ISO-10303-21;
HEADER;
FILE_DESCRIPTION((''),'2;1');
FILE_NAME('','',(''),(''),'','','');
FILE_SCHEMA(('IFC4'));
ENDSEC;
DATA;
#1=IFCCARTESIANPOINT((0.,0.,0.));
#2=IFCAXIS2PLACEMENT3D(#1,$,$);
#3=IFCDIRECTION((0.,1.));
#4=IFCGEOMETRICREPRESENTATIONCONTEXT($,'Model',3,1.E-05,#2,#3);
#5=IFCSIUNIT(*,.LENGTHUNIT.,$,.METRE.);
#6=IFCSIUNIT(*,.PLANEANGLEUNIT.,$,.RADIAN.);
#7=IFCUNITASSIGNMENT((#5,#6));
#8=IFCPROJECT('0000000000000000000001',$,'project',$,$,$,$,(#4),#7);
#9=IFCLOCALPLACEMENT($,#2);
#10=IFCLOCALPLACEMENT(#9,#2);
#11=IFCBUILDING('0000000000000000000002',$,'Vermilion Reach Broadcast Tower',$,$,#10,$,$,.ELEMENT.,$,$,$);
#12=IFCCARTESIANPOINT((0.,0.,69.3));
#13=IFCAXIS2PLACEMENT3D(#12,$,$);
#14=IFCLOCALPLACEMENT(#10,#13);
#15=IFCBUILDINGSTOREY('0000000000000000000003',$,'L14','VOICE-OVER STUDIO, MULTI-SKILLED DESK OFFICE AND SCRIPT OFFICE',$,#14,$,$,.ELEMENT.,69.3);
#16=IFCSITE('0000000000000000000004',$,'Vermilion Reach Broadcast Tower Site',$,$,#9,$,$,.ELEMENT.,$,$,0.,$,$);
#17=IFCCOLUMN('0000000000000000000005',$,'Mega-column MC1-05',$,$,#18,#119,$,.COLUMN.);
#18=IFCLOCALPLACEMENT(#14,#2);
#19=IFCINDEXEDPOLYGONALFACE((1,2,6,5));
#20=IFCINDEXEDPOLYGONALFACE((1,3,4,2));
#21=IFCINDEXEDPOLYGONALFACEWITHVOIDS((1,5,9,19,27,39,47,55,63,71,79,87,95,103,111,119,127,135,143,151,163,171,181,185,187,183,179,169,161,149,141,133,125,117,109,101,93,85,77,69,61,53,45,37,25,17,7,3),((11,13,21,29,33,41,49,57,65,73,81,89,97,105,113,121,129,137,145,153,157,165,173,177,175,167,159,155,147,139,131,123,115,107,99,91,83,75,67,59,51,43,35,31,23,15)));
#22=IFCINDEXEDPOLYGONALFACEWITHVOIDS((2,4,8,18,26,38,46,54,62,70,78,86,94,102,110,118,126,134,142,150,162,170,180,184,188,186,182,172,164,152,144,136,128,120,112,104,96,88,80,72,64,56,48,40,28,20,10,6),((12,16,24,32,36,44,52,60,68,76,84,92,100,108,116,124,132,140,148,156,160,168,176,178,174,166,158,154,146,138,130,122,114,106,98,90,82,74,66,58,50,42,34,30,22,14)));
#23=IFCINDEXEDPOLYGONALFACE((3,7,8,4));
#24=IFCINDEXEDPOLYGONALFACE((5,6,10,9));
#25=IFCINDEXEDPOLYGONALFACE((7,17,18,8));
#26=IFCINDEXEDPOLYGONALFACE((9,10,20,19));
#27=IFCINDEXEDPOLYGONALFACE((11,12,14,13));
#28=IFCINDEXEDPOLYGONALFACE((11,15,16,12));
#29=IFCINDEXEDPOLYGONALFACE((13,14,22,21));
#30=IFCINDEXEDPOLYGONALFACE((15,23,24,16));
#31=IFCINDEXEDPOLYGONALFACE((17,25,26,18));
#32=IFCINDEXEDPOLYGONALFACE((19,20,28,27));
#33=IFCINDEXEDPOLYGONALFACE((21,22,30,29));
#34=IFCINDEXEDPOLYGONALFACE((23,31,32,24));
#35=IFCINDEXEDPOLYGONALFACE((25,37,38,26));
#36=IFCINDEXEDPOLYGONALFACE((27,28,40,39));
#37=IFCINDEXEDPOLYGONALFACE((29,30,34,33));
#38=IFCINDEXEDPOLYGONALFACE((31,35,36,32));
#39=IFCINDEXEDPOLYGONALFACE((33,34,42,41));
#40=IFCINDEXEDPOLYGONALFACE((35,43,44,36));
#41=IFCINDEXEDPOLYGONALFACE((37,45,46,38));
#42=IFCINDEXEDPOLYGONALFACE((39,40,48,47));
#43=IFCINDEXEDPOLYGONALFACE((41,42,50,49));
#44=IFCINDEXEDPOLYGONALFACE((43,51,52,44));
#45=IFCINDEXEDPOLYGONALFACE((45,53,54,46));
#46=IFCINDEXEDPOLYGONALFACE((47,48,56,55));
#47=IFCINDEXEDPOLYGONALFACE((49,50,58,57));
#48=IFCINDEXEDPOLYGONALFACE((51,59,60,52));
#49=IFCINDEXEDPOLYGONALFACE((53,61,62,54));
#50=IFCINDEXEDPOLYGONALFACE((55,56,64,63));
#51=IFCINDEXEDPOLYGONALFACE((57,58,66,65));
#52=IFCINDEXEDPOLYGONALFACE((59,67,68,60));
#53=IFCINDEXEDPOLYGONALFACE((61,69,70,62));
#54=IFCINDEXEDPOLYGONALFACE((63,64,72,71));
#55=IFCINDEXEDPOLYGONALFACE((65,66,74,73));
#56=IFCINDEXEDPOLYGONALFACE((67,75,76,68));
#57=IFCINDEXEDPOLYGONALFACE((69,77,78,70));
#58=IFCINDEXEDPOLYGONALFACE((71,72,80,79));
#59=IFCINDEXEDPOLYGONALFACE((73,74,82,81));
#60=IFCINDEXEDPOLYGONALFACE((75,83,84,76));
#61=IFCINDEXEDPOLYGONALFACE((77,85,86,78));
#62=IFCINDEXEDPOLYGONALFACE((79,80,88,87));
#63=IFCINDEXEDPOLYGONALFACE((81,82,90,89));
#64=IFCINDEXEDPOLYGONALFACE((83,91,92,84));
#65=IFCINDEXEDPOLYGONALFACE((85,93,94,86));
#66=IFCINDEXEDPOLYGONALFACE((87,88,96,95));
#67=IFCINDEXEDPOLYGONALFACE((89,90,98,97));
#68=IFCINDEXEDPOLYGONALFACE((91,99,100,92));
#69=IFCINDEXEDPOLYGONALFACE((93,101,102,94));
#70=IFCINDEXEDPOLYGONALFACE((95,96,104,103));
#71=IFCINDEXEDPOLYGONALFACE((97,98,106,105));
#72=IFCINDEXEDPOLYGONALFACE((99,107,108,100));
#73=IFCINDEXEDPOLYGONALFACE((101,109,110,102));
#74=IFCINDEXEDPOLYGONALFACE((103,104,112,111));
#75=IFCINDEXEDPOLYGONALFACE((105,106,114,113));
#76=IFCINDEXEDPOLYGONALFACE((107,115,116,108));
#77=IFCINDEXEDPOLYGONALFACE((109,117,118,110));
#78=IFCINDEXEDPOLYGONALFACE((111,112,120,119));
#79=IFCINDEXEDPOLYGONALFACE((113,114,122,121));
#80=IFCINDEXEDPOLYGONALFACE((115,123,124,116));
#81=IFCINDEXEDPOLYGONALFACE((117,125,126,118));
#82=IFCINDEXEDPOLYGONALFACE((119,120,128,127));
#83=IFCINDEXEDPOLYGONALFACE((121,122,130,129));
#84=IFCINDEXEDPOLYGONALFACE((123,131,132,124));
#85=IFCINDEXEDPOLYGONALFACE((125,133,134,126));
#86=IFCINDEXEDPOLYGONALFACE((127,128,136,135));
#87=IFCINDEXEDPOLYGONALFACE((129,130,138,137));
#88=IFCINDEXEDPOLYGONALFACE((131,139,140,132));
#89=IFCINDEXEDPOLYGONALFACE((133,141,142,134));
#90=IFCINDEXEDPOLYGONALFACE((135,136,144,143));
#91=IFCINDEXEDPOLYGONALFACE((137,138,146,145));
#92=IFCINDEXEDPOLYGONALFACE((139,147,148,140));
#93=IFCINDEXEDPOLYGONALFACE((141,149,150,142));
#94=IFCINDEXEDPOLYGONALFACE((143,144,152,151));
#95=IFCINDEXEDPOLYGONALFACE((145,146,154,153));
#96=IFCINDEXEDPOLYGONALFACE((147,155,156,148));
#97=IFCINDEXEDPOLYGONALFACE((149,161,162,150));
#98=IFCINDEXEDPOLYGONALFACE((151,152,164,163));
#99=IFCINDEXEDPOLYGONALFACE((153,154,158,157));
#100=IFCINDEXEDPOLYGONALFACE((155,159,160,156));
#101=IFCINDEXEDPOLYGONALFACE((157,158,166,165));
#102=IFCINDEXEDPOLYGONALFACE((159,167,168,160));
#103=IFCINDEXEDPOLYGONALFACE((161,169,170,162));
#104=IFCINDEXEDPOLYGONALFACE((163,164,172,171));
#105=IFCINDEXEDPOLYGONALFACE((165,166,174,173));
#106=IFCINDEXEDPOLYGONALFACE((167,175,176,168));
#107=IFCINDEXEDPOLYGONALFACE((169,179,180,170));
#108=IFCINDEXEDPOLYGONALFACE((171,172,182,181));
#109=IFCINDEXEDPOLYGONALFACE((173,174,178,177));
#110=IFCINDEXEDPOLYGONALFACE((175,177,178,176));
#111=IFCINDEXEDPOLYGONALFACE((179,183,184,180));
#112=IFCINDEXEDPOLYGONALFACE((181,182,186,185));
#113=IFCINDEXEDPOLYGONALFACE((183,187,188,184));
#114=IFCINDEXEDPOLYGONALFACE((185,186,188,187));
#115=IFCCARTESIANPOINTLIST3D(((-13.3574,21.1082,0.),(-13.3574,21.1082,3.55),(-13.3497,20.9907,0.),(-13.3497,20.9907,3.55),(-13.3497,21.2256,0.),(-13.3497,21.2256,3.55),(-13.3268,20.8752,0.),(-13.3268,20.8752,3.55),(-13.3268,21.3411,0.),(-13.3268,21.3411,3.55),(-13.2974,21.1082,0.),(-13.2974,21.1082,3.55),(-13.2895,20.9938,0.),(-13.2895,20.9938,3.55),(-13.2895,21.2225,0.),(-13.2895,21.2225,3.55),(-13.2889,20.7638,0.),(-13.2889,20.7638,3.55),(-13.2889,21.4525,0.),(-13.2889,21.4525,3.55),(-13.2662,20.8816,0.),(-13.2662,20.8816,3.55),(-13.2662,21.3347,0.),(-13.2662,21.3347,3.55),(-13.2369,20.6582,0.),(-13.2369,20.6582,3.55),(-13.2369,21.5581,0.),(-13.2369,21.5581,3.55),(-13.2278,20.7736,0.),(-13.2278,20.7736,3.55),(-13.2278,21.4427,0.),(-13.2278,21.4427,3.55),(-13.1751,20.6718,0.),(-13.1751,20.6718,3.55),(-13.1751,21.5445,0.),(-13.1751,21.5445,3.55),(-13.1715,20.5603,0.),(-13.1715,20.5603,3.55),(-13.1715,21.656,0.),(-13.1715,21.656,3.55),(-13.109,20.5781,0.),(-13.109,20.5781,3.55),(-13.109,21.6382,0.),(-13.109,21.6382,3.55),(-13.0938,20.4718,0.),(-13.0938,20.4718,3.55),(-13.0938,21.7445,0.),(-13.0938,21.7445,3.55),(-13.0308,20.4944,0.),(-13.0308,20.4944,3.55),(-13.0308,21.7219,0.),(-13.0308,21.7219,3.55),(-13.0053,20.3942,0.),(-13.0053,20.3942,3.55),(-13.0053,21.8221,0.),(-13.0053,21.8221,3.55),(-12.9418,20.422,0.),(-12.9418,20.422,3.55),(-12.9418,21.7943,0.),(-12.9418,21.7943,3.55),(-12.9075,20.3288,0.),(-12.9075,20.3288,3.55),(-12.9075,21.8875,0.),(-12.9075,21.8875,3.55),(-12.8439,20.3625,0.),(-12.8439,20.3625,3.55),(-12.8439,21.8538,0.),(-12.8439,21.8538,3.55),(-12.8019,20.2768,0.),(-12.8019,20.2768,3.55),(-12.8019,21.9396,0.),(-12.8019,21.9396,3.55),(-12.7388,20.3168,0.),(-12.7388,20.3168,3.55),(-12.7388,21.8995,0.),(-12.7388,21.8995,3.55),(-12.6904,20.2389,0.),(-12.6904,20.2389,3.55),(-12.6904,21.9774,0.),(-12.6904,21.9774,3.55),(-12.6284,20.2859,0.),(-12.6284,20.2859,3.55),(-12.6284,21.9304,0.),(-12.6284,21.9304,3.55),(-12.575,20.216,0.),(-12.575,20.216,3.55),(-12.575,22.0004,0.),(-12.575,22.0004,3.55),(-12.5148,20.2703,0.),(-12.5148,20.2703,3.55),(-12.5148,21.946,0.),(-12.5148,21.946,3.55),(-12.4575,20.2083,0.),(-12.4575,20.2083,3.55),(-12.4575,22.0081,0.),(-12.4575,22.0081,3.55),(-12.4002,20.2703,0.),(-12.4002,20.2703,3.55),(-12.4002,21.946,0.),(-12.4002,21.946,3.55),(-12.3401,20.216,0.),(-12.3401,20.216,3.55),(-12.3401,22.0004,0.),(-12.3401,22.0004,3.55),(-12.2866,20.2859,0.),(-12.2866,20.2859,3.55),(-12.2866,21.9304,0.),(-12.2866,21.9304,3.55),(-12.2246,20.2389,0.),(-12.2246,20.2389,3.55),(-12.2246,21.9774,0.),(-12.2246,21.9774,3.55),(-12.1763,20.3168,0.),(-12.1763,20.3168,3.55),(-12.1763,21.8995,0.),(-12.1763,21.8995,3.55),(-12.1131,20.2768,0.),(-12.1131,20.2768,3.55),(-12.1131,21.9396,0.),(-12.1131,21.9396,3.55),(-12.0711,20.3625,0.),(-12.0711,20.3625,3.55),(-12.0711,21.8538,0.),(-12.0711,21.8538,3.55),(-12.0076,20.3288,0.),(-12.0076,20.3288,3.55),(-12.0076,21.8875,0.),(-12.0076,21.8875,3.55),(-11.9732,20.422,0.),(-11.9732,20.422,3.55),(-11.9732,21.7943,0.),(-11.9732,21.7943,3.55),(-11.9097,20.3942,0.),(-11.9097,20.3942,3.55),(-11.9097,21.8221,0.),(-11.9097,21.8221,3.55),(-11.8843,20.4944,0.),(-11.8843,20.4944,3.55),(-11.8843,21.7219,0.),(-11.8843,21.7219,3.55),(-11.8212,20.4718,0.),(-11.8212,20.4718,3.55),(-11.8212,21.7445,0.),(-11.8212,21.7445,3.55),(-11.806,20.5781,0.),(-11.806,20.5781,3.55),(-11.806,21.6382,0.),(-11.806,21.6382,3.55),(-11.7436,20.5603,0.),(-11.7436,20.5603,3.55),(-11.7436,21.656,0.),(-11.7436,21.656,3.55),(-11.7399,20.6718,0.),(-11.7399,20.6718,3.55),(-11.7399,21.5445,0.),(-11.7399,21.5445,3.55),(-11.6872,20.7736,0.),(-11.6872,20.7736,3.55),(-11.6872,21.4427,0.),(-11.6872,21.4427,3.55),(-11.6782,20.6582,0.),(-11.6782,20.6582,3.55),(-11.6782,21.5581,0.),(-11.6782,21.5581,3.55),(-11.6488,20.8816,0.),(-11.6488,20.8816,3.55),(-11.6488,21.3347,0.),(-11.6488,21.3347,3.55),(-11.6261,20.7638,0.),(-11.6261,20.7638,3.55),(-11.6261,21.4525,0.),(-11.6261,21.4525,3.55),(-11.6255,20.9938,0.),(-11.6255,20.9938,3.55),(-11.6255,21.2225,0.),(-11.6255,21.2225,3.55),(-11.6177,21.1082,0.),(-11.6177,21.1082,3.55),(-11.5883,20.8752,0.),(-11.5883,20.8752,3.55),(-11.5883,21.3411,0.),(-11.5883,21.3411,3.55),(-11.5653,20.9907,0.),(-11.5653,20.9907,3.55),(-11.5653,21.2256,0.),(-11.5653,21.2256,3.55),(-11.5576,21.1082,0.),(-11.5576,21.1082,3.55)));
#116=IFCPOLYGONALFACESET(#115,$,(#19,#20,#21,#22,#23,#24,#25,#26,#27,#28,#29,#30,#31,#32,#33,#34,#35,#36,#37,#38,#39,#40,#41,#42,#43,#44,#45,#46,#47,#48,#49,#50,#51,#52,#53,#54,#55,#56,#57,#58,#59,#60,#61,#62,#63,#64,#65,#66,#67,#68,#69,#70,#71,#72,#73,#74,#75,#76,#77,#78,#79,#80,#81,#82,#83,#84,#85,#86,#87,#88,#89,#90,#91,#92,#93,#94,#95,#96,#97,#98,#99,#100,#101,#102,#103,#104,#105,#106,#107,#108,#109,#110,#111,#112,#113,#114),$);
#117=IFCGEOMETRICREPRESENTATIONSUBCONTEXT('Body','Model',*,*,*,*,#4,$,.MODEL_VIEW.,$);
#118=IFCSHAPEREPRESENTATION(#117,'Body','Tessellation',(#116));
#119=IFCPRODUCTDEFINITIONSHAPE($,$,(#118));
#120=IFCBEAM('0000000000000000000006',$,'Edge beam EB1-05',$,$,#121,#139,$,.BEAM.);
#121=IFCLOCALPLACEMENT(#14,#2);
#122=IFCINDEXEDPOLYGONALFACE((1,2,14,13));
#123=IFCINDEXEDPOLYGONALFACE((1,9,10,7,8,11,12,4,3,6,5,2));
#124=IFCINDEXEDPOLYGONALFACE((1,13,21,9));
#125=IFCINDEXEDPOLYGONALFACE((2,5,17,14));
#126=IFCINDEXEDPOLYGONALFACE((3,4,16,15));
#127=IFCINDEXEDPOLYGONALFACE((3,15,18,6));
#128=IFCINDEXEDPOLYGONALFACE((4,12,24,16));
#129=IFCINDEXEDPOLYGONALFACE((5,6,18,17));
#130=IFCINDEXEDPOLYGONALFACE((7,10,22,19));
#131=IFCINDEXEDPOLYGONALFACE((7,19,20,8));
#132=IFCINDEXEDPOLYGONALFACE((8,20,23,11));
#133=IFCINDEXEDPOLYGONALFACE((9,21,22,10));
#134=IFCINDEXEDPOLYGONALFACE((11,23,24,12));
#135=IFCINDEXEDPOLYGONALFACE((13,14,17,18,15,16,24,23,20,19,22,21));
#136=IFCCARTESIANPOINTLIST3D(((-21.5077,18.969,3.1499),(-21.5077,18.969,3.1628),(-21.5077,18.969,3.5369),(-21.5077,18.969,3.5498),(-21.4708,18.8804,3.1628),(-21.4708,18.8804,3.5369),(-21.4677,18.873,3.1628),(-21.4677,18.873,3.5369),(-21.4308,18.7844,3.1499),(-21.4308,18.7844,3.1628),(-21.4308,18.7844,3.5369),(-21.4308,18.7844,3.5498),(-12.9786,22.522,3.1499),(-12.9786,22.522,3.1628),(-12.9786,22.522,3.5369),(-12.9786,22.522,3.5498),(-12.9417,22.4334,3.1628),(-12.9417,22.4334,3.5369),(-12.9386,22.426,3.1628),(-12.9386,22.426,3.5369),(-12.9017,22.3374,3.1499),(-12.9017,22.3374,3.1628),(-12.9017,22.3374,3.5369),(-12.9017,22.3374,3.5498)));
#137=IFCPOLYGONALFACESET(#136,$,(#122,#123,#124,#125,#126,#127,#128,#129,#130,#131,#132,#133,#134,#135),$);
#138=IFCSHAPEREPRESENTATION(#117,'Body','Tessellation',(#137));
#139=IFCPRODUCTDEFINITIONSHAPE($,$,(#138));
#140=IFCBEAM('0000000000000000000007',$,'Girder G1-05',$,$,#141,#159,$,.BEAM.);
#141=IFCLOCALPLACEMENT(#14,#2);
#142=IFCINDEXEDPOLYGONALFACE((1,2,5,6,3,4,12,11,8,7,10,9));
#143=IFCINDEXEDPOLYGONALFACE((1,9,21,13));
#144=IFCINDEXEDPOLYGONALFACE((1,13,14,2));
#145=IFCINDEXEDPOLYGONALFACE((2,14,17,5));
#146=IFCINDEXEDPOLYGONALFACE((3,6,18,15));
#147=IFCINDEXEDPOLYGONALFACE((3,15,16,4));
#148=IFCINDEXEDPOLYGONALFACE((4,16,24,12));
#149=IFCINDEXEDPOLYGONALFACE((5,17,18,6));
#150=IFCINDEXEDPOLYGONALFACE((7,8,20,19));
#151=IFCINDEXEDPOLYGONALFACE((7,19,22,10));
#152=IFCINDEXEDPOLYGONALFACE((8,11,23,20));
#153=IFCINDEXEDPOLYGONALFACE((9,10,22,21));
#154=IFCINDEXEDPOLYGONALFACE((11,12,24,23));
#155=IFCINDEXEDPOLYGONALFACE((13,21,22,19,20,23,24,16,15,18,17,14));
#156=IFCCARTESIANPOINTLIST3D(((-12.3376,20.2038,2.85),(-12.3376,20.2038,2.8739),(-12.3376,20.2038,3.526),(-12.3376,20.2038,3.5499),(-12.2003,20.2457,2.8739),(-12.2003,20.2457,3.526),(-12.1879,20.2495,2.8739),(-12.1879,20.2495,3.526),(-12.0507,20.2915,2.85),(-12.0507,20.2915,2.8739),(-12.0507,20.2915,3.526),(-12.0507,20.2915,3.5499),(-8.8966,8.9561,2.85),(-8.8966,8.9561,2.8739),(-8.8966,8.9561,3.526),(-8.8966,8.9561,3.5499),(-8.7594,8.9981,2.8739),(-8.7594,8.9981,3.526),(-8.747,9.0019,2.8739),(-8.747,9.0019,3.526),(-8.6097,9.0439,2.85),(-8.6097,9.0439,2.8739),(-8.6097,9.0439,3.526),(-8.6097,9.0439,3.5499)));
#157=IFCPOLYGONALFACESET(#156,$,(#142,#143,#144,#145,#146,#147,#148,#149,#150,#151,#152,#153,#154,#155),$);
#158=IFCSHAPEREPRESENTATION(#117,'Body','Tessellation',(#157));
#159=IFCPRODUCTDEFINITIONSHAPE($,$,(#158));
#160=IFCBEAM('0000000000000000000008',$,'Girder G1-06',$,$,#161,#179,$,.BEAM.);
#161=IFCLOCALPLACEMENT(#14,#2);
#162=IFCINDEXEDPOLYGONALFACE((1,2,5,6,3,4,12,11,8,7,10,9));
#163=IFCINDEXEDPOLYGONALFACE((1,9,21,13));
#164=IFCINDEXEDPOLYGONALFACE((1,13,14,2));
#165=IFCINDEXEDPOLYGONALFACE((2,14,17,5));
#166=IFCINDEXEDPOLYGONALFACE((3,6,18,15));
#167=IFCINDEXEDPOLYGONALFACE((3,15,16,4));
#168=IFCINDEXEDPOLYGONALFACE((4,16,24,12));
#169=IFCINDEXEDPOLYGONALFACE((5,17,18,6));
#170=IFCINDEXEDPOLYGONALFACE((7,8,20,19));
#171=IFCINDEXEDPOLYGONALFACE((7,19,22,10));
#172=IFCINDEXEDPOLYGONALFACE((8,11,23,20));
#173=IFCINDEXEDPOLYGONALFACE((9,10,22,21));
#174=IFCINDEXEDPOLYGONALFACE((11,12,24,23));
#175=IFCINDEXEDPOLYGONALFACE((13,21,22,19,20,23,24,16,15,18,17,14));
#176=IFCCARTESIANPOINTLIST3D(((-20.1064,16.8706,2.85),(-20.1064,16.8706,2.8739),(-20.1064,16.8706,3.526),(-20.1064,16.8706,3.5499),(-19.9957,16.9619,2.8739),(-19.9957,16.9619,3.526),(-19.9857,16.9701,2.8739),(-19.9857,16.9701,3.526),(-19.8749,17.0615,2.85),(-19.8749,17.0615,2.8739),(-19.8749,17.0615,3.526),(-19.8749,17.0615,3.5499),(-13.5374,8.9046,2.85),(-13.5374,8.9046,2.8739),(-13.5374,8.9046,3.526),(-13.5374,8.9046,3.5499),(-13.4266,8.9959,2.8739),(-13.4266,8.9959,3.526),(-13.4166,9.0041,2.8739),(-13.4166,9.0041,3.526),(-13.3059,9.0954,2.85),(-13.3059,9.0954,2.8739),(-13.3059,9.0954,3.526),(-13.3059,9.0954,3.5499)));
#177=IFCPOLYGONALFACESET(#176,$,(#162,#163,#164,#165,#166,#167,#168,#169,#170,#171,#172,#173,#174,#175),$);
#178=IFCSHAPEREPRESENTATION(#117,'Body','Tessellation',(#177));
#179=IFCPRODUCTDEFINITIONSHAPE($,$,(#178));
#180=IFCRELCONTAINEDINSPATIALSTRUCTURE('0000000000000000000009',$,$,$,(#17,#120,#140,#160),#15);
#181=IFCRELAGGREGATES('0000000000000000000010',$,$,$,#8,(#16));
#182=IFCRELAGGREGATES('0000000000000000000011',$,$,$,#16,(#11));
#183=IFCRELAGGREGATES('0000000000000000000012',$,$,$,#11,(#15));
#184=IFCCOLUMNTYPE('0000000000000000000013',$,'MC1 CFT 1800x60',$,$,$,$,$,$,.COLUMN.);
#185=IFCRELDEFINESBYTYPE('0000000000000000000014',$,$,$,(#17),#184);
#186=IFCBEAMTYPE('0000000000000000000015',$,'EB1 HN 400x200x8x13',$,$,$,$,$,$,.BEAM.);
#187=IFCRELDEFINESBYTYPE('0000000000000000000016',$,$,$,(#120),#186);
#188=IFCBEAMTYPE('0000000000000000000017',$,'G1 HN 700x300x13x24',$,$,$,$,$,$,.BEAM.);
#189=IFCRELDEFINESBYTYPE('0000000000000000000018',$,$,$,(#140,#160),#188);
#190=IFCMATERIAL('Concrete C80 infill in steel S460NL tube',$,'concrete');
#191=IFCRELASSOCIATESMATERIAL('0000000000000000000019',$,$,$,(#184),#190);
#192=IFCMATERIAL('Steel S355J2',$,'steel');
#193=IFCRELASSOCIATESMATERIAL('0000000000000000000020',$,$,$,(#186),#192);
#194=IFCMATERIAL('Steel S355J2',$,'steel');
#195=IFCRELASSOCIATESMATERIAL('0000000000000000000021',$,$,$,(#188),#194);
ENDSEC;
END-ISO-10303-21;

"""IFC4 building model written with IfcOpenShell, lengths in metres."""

from ifc_helpers import new_model, si_unit, direction, frame, origin, origin_2d, place, context, subcontext, project, spatial, hollow_circle, i_section, extrude, material, material_profile, profile_set, type_object, element, save


model = new_model("IFC4")

# Units and contexts
model_context = context("Model", 3, precision=1e-05, world=origin(), true_north=direction((0.0, 1.0)))
body_context = subcontext(model_context, "Body", "Model", "MODEL_VIEW")
ifc_project = project(units=[si_unit("LENGTHUNIT", "METRE"), si_unit("PLANEANGLEUNIT", "RADIAN")], contexts=[model_context])

# Site, building, storey
site_placement = place(None, origin())
site = spatial("IfcSite", under=ifc_project, at=site_placement, Name="Vermilion Reach Broadcast Tower Site", CompositionType="ELEMENT", RefElevation=0.0)
building_placement = place(site_placement, origin())
building = spatial("IfcBuilding", under=site, at=building_placement, Name="Vermilion Reach Broadcast Tower", CompositionType="ELEMENT")
storey_placement = place(building_placement, frame((0.0, 0.0, 69.3)))
storey = spatial("IfcBuildingStorey", under=building, at=storey_placement, Name="L14", Description="VOICE-OVER STUDIO, MULTI-SKILLED DESK OFFICE AND SCRIPT OFFICE", CompositionType="ELEMENT", Elevation=69.3)

# Column
ifc_material_1 = material(Name="Concrete C80 infill in steel S460NL tube", Category="concrete")
ifc_material_profile_1 = material_profile(ifc_material_1, hollow_circle(Radius=0.8999, WallThickness=0.0601, at=origin_2d()), Name="Concrete C80 infill in steel S460NL tube CFT 1800x60")
ifc_profile_set_1 = profile_set([ifc_material_profile_1], Name="Concrete C80 infill in steel S460NL tube")
column_type = type_object("IfcColumnType", Name="MC1 CFT 1800x60", PredefinedType="COLUMN", material=ifc_profile_set_1)
column_placement = place(storey_placement, frame((-12.4575, 21.1082, 0.0), z_axis=(0.0, 0.0, 1.0), x_axis=(1.0, 0.0, 0.0)))
element("IfcColumn", 1, at=column_placement, inside=storey, type_object=column_type, Name="Mega-column MC1-05", PredefinedType="COLUMN", context=body_context, shape_type="SweptSolid", body=[
    extrude(hollow_circle(Radius=0.8999, WallThickness=0.0601, at=origin_2d()), origin(), (0.0, 0.0, 1.0), 3.55),
])

# Beams
ifc_material_2 = material(Name="Steel S355J2", Category="steel")
ifc_material_profile_2 = material_profile(ifc_material_2, i_section(OverallWidth=0.2, OverallDepth=0.3999, WebThickness=0.0081, FlangeThickness=0.0129, at=origin_2d()), Name="S355J2 HN 400x200x8x13")
ifc_profile_set_2 = profile_set([ifc_material_profile_2], Name="Steel S355J2")
beam_type_1 = type_object("IfcBeamType", Name="EB1 HN 400x200x8x13", PredefinedType="BEAM", material=ifc_profile_set_2)
beam_1_placement = place(storey_placement, frame((-12.9402, 22.4297, 3.3499), z_axis=(-0.923107, -0.384542, 0.0), x_axis=(0.384542, -0.923107, 0.0)))
element("IfcBeam", 2, at=beam_1_placement, inside=storey, type_object=beam_type_1, Name="Edge beam EB1-05", PredefinedType="BEAM", context=body_context, shape_type="SweptSolid", body=[
    extrude(i_section(OverallWidth=0.2, OverallDepth=0.3999, WebThickness=0.0081, FlangeThickness=0.0129, at=origin_2d()), origin(), (0.0, 0.0, 1.0), 9.2395),
])
ifc_material_3 = material(Name="Steel S355J2", Category="steel")
ifc_material_profile_3 = material_profile(ifc_material_3, i_section(OverallWidth=0.3, OverallDepth=0.7, WebThickness=0.0129, FlangeThickness=0.0239, at=origin_2d()), Name="S355J2 HN 700x300x13x24")
ifc_profile_set_3 = profile_set([ifc_material_profile_3], Name="Steel S355J2")
beam_type_2 = type_object("IfcBeamType", Name="G1 HN 700x300x13x24", PredefinedType="BEAM", material=ifc_profile_set_3)
beam_2_placement = place(storey_placement, frame((-8.7532, 9.0, 3.2), z_axis=(-0.292542, 0.956253, 0.0), x_axis=(-0.956253, -0.292542, 0.0)))
element("IfcBeam", 3, at=beam_2_placement, inside=storey, type_object=beam_type_2, Name="Girder G1-05", PredefinedType="BEAM", context=body_context, shape_type="SweptSolid", body=[
    extrude(i_section(OverallWidth=0.3, OverallDepth=0.7, WebThickness=0.0129, FlangeThickness=0.0239, at=origin_2d()), origin(), (0.0, 0.0, 1.0), 11.7622),
])
beam_3_placement = place(storey_placement, frame((-13.4216, 9.0, 3.2), z_axis=(-0.636215, 0.771512, 0.0), x_axis=(-0.771512, -0.636215, 0.0)))
element("IfcBeam", 4, at=beam_3_placement, inside=storey, type_object=beam_type_2, Name="Girder G1-06", PredefinedType="BEAM", context=body_context, shape_type="SweptSolid", body=[
    extrude(i_section(OverallWidth=0.3, OverallDepth=0.7, WebThickness=0.0129, FlangeThickness=0.0239, at=origin_2d()), origin(), (0.0, 0.0, 1.0), 10.3252),
])

save(model, "model.ifc")
